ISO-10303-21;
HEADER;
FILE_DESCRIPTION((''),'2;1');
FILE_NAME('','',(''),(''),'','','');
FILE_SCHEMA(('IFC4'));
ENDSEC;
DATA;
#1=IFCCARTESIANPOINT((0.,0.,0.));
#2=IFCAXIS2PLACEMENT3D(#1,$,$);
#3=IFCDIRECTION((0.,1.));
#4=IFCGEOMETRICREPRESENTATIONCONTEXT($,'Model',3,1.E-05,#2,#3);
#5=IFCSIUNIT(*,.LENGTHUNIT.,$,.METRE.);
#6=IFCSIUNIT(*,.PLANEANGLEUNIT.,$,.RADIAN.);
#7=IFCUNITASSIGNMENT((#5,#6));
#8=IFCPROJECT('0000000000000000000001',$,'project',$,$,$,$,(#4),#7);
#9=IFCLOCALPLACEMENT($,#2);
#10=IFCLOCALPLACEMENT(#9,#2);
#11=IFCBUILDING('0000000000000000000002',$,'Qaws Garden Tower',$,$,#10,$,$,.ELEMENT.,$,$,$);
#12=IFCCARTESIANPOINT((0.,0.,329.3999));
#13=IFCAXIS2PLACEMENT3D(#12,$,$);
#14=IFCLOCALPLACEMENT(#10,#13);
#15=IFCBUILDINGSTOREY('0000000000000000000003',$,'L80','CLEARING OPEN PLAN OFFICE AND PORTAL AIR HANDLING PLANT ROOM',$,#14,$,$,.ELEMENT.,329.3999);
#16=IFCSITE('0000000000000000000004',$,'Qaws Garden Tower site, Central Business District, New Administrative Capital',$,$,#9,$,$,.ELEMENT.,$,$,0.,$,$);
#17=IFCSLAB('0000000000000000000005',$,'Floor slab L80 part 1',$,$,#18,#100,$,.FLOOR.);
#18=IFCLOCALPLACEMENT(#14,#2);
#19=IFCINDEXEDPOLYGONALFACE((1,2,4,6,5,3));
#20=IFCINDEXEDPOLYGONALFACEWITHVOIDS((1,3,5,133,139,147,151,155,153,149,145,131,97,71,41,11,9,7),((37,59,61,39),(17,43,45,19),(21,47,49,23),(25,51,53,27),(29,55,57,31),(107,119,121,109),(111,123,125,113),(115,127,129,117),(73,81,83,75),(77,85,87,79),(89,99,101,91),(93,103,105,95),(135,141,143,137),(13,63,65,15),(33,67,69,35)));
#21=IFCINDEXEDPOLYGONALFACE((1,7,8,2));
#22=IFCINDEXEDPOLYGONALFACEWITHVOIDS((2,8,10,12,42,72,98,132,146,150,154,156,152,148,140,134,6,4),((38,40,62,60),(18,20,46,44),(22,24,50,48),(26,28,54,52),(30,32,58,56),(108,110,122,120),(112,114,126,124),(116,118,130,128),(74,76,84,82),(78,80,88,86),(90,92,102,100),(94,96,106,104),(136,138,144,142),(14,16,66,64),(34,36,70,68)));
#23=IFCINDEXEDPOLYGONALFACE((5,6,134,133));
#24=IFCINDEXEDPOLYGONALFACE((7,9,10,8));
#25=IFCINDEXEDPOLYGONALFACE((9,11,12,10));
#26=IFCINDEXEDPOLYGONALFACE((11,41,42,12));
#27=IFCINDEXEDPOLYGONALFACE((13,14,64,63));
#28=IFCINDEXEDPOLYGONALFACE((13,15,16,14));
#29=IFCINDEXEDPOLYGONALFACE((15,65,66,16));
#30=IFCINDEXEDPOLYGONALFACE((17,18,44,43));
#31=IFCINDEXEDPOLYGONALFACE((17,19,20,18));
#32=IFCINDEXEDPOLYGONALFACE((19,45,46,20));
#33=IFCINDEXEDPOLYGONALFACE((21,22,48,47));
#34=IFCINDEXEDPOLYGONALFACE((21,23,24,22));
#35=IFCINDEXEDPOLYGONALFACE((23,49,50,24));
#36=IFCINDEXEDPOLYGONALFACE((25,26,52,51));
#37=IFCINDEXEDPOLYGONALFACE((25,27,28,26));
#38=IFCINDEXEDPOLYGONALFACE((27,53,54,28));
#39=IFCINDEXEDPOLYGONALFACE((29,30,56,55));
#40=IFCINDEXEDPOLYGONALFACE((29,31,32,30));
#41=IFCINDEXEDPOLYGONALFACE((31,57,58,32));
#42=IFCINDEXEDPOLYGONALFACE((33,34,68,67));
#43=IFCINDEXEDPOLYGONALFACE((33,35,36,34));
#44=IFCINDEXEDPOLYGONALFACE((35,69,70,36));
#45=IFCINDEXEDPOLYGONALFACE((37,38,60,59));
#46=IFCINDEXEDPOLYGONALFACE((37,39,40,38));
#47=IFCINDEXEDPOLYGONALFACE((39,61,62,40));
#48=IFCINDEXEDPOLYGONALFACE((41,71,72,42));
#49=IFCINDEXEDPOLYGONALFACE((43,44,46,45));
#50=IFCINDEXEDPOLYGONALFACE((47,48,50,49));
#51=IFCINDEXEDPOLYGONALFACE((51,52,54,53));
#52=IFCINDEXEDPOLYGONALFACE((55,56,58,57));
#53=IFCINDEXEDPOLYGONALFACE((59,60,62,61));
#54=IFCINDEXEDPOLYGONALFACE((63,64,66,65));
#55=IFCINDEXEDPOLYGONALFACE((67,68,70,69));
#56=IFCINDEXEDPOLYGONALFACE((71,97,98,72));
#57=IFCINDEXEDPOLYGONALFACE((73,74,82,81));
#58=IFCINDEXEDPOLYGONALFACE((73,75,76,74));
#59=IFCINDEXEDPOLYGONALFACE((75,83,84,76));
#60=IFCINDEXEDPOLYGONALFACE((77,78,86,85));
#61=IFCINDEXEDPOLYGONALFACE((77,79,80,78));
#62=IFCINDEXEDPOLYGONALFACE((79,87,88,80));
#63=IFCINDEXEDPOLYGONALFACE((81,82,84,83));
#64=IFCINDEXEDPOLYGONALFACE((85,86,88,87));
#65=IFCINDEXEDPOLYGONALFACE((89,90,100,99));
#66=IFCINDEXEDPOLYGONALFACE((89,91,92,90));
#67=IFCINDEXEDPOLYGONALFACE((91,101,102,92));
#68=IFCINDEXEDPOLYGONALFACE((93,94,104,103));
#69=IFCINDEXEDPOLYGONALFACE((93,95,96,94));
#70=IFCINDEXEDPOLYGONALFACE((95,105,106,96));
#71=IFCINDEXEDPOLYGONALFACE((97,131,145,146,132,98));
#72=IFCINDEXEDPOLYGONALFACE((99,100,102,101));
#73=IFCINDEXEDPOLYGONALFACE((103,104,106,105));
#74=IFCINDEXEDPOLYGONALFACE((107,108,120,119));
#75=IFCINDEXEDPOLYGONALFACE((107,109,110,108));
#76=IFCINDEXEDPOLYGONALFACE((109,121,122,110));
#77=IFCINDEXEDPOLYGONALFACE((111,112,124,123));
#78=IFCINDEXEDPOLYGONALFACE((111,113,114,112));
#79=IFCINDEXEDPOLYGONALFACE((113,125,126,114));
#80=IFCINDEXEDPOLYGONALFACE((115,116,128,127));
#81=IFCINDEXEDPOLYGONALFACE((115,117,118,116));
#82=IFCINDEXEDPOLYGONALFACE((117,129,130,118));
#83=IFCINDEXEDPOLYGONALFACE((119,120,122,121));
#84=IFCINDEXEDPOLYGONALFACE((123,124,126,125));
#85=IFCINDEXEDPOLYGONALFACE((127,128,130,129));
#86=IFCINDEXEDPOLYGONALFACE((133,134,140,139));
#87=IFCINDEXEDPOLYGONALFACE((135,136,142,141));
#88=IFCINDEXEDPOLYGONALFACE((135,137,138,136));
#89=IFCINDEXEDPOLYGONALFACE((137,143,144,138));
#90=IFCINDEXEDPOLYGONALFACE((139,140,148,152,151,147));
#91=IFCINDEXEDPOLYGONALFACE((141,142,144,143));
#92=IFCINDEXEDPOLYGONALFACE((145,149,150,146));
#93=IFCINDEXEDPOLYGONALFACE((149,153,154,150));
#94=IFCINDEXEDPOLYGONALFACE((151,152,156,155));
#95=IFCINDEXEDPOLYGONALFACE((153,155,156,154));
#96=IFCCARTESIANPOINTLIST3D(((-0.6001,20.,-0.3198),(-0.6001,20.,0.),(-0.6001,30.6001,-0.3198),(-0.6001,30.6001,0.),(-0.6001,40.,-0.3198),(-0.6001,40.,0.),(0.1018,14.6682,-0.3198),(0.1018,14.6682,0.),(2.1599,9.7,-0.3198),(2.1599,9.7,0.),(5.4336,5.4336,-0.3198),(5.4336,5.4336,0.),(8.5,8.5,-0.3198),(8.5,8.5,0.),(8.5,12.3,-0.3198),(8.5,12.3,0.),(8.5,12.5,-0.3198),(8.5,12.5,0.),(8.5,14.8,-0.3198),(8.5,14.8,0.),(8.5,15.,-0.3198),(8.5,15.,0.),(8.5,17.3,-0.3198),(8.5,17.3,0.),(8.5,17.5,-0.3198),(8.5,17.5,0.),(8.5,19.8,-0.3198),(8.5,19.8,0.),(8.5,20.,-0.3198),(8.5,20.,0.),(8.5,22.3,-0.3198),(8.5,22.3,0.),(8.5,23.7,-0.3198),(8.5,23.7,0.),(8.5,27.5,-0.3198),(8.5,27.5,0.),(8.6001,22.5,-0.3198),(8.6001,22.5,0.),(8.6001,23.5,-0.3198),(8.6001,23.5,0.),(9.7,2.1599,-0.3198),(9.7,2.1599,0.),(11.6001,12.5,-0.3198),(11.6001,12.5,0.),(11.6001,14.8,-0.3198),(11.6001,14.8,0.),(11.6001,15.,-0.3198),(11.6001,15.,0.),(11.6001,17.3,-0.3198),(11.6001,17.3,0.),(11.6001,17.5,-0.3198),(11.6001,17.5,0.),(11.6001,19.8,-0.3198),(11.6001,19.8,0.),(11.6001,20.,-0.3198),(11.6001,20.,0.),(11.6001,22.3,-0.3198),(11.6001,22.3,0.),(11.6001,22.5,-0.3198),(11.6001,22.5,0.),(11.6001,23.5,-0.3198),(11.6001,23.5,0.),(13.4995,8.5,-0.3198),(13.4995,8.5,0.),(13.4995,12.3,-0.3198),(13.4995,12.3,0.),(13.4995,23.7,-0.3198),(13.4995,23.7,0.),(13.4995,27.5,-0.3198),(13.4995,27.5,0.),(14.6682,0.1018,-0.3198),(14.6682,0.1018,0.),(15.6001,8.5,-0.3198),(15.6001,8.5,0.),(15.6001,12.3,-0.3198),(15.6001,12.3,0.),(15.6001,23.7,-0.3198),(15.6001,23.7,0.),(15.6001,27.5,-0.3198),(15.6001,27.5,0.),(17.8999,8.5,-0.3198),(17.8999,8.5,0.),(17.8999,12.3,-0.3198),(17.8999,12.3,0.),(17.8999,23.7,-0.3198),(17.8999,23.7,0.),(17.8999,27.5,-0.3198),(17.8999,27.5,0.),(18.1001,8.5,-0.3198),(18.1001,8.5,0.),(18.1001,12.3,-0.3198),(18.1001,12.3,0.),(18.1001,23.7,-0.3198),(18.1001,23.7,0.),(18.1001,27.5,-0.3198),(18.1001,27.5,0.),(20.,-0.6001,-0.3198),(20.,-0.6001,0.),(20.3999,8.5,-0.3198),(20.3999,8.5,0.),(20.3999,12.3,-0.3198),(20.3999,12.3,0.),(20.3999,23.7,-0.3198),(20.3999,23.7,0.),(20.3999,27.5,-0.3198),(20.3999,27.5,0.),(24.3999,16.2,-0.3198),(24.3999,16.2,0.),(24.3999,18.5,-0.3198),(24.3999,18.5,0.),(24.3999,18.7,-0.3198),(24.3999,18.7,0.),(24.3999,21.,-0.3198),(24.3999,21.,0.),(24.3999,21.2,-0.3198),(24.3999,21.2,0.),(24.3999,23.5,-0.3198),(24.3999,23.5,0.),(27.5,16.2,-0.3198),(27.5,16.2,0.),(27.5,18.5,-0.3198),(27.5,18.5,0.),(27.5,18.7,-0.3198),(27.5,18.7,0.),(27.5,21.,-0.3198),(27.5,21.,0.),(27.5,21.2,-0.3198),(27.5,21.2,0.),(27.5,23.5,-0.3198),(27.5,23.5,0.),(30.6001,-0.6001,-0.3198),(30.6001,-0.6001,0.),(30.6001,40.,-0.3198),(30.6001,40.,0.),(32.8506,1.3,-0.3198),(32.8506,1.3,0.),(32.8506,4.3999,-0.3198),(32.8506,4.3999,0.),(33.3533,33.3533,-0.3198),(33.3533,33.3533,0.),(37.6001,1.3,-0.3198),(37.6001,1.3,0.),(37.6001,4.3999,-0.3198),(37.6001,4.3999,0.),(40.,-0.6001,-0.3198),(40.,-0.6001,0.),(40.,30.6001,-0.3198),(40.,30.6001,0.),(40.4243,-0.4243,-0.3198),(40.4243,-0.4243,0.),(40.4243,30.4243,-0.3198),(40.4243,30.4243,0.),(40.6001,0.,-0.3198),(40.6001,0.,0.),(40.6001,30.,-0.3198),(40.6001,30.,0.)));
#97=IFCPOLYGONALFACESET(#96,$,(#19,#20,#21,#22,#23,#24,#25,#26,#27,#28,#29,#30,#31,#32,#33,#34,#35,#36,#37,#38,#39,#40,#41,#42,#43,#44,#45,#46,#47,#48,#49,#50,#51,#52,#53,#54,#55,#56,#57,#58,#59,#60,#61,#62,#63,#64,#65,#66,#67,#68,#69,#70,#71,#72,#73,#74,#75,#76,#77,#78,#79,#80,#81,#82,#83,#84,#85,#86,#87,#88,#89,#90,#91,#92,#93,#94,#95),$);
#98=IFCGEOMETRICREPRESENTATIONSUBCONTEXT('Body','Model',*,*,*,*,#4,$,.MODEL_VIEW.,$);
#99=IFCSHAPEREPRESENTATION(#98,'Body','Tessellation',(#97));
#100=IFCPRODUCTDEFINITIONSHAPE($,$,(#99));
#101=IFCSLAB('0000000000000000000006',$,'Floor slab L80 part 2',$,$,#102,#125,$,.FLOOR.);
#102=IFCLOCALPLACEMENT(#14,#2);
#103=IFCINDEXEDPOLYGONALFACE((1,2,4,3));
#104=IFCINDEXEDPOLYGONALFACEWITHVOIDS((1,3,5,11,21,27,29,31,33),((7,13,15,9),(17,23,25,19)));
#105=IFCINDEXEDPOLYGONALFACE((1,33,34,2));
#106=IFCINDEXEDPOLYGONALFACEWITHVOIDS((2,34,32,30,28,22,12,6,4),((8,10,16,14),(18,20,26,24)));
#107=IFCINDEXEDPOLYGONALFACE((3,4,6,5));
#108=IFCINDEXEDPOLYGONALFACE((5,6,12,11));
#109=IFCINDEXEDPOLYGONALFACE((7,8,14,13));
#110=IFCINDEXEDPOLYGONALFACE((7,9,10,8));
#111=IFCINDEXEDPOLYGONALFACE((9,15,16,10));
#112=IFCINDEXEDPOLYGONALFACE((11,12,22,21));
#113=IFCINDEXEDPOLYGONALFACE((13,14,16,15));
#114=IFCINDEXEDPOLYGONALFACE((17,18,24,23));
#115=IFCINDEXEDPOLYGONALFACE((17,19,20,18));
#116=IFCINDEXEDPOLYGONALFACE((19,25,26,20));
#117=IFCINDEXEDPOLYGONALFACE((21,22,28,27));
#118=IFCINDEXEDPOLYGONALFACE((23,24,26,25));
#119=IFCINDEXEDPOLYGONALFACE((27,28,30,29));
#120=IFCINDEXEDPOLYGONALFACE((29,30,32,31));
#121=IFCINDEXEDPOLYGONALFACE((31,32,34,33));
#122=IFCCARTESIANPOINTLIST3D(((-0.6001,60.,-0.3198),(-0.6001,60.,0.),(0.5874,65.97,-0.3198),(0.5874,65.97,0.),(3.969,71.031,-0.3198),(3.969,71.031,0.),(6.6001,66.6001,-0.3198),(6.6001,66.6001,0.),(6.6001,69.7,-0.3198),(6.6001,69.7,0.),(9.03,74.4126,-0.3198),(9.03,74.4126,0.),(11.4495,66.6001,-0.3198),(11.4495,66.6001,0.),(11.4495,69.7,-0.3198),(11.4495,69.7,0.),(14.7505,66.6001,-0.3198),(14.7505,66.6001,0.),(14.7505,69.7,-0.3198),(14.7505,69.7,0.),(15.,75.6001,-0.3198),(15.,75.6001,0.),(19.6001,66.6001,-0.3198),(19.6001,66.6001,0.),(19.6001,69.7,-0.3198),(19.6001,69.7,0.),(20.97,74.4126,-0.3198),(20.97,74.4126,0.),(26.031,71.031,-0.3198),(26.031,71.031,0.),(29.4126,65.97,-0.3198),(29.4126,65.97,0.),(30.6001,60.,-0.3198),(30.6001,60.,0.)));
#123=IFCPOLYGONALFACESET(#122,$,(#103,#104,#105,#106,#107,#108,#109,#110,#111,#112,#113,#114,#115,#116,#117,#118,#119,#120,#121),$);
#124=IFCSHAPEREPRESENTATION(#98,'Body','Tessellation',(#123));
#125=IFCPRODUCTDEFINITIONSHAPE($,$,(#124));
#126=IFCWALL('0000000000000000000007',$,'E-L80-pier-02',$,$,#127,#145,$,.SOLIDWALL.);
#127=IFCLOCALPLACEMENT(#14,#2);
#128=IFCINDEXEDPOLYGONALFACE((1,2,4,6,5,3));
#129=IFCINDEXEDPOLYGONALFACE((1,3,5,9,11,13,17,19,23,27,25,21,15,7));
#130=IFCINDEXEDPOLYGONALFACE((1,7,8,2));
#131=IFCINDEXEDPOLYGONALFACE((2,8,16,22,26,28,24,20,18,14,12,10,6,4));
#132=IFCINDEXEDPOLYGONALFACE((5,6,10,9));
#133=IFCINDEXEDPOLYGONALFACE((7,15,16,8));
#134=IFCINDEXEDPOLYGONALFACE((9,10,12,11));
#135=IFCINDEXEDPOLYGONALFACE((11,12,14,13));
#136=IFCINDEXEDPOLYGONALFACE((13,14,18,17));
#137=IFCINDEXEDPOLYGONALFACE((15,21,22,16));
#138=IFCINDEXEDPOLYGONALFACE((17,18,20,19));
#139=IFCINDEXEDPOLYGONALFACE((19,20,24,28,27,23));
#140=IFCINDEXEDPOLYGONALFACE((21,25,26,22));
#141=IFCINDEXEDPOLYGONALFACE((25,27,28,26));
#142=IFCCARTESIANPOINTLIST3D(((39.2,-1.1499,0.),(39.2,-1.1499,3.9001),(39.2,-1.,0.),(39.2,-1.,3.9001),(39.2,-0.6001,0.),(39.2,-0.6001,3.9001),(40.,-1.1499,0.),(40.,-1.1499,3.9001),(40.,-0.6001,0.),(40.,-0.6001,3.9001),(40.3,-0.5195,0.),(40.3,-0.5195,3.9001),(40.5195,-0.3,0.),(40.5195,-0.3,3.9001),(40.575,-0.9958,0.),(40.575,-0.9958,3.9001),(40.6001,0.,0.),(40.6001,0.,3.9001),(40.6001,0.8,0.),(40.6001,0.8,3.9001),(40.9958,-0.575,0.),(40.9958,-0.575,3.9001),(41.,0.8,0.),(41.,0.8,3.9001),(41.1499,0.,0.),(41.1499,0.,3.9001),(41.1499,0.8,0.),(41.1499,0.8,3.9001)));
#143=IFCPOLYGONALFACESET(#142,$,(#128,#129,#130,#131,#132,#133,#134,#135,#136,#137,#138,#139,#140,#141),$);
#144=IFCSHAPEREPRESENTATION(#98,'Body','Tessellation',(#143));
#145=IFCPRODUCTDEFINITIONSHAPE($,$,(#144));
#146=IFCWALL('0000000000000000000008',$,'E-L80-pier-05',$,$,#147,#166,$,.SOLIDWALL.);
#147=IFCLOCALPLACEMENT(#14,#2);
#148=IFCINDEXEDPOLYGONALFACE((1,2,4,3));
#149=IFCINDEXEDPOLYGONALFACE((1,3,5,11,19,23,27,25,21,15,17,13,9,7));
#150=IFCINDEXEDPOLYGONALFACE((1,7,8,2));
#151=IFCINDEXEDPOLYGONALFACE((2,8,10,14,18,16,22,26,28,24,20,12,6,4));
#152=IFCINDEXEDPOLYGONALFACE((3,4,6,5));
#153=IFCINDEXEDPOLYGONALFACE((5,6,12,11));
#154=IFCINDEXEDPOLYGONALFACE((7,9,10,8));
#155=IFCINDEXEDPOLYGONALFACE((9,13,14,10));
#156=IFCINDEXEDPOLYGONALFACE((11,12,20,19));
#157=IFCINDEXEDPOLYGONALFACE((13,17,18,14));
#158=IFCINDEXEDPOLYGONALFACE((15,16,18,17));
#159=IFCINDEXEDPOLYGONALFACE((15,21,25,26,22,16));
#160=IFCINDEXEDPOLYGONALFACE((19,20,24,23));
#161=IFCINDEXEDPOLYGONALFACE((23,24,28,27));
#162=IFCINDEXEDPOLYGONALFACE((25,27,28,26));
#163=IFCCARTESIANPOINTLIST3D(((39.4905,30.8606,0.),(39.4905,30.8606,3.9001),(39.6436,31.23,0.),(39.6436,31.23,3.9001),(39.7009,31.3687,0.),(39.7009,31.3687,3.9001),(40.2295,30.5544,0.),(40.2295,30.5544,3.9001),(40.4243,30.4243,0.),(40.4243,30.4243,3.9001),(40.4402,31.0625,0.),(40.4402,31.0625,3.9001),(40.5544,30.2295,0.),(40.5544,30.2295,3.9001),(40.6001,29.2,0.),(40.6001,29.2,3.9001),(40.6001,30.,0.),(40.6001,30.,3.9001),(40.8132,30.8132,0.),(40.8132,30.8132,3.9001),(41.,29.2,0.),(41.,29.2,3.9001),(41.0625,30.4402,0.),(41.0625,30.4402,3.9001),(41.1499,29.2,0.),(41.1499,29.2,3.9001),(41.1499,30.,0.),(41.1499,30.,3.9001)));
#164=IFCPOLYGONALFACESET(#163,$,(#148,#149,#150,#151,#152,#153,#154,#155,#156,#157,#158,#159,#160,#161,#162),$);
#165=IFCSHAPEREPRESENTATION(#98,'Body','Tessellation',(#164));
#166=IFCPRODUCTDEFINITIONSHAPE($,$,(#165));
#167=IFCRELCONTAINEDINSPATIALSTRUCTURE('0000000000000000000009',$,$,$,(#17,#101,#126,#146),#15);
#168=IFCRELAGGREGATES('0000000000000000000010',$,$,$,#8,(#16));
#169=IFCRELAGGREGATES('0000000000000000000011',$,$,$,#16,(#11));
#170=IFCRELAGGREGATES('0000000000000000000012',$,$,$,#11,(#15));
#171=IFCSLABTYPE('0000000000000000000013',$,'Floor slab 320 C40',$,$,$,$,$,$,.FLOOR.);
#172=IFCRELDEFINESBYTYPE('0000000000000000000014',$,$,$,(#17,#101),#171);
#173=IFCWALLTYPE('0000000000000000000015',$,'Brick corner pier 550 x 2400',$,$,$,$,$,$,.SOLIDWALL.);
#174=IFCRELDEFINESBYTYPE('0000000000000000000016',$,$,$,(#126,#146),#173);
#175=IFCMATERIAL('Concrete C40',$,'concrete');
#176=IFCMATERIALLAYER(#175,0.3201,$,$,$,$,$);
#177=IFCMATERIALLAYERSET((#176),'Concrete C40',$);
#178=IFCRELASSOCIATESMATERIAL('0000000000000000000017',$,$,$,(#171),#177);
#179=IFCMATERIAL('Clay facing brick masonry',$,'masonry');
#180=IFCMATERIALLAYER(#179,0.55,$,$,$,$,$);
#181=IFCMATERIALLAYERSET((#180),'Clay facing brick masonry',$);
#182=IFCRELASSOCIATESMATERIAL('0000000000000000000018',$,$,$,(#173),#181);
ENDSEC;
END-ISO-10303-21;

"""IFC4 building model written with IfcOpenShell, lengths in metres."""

from ifc_helpers import new_model, si_unit, direction, frame, origin, place, context, subcontext, project, spatial, polyline, outline, extrude, material, layer, layer_set, type_object, element, save


model = new_model("IFC4")

# Units and contexts
model_context = context("Model", 3, precision=1e-05, world=origin(), true_north=direction((0.0, 1.0)))
body_context = subcontext(model_context, "Body", "Model", "MODEL_VIEW")
ifc_project = project(units=[si_unit("LENGTHUNIT", "METRE"), si_unit("PLANEANGLEUNIT", "RADIAN")], contexts=[model_context])

# Site, building, storey
site_placement = place(None, origin())
site = spatial("IfcSite", under=ifc_project, at=site_placement, Name="Qaws Garden Tower site, Central Business District, New Administrative Capital", CompositionType="ELEMENT", RefElevation=0.0)
building_placement = place(site_placement, origin())
building = spatial("IfcBuilding", under=site, at=building_placement, Name="Qaws Garden Tower", CompositionType="ELEMENT")
storey_placement = place(building_placement, frame((0.0, 0.0, 329.3999)))
storey = spatial("IfcBuildingStorey", under=building, at=storey_placement, Name="L80", Description="CLEARING OPEN PLAN OFFICE AND PORTAL AIR HANDLING PLANT ROOM", CompositionType="ELEMENT", Elevation=329.3999)

# Slabs
ifc_material_1 = material(Name="Concrete C40", Category="concrete")
ifc_layer_1 = layer(ifc_material_1, 0.3201)
ifc_layer_set_1 = layer_set([ifc_layer_1], Name="Concrete C40")
slab_type = type_object("IfcSlabType", Name="Floor slab 320 C40", PredefinedType="FLOOR", material=ifc_layer_set_1)
placement_1 = place(storey_placement, frame((0.0, 0.0, -0.3198)))
element("IfcSlab", 1, at=placement_1, inside=storey, type_object=slab_type, Name="Floor slab L80 part 1", PredefinedType="FLOOR", context=body_context, shape_type="SweptSolid", body=[
    extrude(outline(polyline([(-0.6001, 20.0), (-0.6001, 30.6001), (-0.6001, 40.0), (30.6001, 40.0), (33.3533, 33.3533), (40.0, 30.6001), (40.4243, 30.4243), (40.6001, 30.0), (40.6001, 0.0), (40.4243, -0.4243), (40.0, -0.6001), (30.6001, -0.6001), (20.0, -0.6001), (14.6682, 0.1018), (9.7, 2.1599), (5.4336, 5.4336), (2.1599, 9.7), (0.1018, 14.6682), (-0.6001, 20.0)]), holes=[polyline([(13.4995, 12.3), (8.5, 12.3), (8.5, 8.5), (13.4995, 8.5), (13.4995, 12.3)]), polyline([(17.8999, 12.3), (15.6001, 12.3), (15.6001, 8.5), (17.8999, 8.5), (17.8999, 12.3)]), polyline([(11.6001, 14.8), (8.5, 14.8), (8.5, 12.5), (11.6001, 12.5), (11.6001, 14.8)]), polyline([(11.6001, 17.3), (8.5, 17.3), (8.5, 15.0), (11.6001, 15.0), (11.6001, 17.3)]), polyline([(11.6001, 19.8), (8.5, 19.8), (8.5, 17.5), (11.6001, 17.5), (11.6001, 19.8)]), polyline([(11.6001, 22.3), (8.5, 22.3), (8.5, 20.0), (11.6001, 20.0), (11.6001, 22.3)]), polyline([(11.6001, 23.5), (8.6001, 23.5), (8.6001, 22.5), (11.6001, 22.5), (11.6001, 23.5)]), polyline([(13.4995, 27.5), (8.5, 27.5), (8.5, 23.7), (13.4995, 23.7), (13.4995, 27.5)]), polyline([(37.6001, 4.3999), (32.8506, 4.3999), (32.8506, 1.3), (37.6001, 1.3), (37.6001, 4.3999)]), polyline([(20.3999, 12.3), (18.1001, 12.3), (18.1001, 8.5), (20.3999, 8.5), (20.3999, 12.3)]), polyline([(27.5, 18.5), (24.3999, 18.5), (24.3999, 16.2), (27.5, 16.2), (27.5, 18.5)]), polyline([(27.5, 21.0), (24.3999, 21.0), (24.3999, 18.7), (27.5, 18.7), (27.5, 21.0)]), polyline([(27.5, 23.5), (24.3999, 23.5), (24.3999, 21.2), (27.5, 21.2), (27.5, 23.5)]), polyline([(17.8999, 27.5), (15.6001, 27.5), (15.6001, 23.7), (17.8999, 23.7), (17.8999, 27.5)]), polyline([(20.3999, 23.7), (20.3999, 27.5), (18.1001, 27.5), (18.1001, 23.7), (20.3999, 23.7)])]), origin(), (0.0, 0.0, 1.0), 0.3198),
])
element("IfcSlab", 2, at=placement_1, inside=storey, type_object=slab_type, Name="Floor slab L80 part 2", PredefinedType="FLOOR", context=body_context, shape_type="SweptSolid", body=[
    extrude(outline(polyline([(3.969, 71.031), (9.03, 74.4126), (15.0, 75.6001), (20.97, 74.4126), (26.031, 71.031), (29.4126, 65.97), (30.6001, 60.0), (-0.6001, 60.0), (0.5874, 65.97), (3.969, 71.031)]), holes=[polyline([(11.4495, 69.7), (6.6001, 69.7), (6.6001, 66.6001), (11.4495, 66.6001), (11.4495, 69.7)]), polyline([(19.6001, 66.6001), (19.6001, 69.7), (14.7505, 69.7), (14.7505, 66.6001), (19.6001, 66.6001)])]), origin(), (0.0, 0.0, 1.0), 0.3198),
])

# Walls
ifc_material_2 = material(Name="Clay facing brick masonry", Category="masonry")
ifc_layer_2 = layer(ifc_material_2, 0.55)
ifc_layer_set_2 = layer_set([ifc_layer_2], Name="Clay facing brick masonry")
wall_type_1 = type_object("IfcWallType", Name="Brick corner pier 550 x 2400", PredefinedType="SOLIDWALL", material=ifc_layer_set_2)
placement_2 = place(storey_placement, origin())
element("IfcWall", 3, at=placement_2, inside=storey, type_object=wall_type_1, Name="E-L80-pier-02", PredefinedType="SOLIDWALL", context=body_context, shape_type="SweptSolid", body=[
    extrude(outline(polyline([(39.2, -1.0), (39.2, -1.1499), (40.0, -1.1499), (40.575, -0.9958), (40.9958, -0.575), (41.1499, 0.0), (41.1499, 0.8), (41.0, 0.8), (40.6001, 0.8), (40.6001, 0.0), (40.5195, -0.3), (40.3, -0.5195), (40.0, -0.6001), (39.2, -0.6001), (39.2, -1.0)])), origin(), (0.0, 0.0, 1.0), 3.9001),
])
element("IfcWall", 4, at=placement_2, inside=storey, type_object=wall_type_1, Name="E-L80-pier-05", PredefinedType="SOLIDWALL", context=body_context, shape_type="SweptSolid", body=[
    extrude(outline(polyline([(41.0, 29.2), (41.1499, 29.2), (41.1499, 30.0), (41.0625, 30.4402), (40.8132, 30.8132), (40.4402, 31.0625), (39.7009, 31.3687), (39.6436, 31.23), (39.4905, 30.8606), (40.2295, 30.5544), (40.4243, 30.4243), (40.5544, 30.2295), (40.6001, 30.0), (40.6001, 29.2), (41.0, 29.2)])), origin(), (0.0, 0.0, 1.0), 3.9001),
])

save(model, "model.ifc")
